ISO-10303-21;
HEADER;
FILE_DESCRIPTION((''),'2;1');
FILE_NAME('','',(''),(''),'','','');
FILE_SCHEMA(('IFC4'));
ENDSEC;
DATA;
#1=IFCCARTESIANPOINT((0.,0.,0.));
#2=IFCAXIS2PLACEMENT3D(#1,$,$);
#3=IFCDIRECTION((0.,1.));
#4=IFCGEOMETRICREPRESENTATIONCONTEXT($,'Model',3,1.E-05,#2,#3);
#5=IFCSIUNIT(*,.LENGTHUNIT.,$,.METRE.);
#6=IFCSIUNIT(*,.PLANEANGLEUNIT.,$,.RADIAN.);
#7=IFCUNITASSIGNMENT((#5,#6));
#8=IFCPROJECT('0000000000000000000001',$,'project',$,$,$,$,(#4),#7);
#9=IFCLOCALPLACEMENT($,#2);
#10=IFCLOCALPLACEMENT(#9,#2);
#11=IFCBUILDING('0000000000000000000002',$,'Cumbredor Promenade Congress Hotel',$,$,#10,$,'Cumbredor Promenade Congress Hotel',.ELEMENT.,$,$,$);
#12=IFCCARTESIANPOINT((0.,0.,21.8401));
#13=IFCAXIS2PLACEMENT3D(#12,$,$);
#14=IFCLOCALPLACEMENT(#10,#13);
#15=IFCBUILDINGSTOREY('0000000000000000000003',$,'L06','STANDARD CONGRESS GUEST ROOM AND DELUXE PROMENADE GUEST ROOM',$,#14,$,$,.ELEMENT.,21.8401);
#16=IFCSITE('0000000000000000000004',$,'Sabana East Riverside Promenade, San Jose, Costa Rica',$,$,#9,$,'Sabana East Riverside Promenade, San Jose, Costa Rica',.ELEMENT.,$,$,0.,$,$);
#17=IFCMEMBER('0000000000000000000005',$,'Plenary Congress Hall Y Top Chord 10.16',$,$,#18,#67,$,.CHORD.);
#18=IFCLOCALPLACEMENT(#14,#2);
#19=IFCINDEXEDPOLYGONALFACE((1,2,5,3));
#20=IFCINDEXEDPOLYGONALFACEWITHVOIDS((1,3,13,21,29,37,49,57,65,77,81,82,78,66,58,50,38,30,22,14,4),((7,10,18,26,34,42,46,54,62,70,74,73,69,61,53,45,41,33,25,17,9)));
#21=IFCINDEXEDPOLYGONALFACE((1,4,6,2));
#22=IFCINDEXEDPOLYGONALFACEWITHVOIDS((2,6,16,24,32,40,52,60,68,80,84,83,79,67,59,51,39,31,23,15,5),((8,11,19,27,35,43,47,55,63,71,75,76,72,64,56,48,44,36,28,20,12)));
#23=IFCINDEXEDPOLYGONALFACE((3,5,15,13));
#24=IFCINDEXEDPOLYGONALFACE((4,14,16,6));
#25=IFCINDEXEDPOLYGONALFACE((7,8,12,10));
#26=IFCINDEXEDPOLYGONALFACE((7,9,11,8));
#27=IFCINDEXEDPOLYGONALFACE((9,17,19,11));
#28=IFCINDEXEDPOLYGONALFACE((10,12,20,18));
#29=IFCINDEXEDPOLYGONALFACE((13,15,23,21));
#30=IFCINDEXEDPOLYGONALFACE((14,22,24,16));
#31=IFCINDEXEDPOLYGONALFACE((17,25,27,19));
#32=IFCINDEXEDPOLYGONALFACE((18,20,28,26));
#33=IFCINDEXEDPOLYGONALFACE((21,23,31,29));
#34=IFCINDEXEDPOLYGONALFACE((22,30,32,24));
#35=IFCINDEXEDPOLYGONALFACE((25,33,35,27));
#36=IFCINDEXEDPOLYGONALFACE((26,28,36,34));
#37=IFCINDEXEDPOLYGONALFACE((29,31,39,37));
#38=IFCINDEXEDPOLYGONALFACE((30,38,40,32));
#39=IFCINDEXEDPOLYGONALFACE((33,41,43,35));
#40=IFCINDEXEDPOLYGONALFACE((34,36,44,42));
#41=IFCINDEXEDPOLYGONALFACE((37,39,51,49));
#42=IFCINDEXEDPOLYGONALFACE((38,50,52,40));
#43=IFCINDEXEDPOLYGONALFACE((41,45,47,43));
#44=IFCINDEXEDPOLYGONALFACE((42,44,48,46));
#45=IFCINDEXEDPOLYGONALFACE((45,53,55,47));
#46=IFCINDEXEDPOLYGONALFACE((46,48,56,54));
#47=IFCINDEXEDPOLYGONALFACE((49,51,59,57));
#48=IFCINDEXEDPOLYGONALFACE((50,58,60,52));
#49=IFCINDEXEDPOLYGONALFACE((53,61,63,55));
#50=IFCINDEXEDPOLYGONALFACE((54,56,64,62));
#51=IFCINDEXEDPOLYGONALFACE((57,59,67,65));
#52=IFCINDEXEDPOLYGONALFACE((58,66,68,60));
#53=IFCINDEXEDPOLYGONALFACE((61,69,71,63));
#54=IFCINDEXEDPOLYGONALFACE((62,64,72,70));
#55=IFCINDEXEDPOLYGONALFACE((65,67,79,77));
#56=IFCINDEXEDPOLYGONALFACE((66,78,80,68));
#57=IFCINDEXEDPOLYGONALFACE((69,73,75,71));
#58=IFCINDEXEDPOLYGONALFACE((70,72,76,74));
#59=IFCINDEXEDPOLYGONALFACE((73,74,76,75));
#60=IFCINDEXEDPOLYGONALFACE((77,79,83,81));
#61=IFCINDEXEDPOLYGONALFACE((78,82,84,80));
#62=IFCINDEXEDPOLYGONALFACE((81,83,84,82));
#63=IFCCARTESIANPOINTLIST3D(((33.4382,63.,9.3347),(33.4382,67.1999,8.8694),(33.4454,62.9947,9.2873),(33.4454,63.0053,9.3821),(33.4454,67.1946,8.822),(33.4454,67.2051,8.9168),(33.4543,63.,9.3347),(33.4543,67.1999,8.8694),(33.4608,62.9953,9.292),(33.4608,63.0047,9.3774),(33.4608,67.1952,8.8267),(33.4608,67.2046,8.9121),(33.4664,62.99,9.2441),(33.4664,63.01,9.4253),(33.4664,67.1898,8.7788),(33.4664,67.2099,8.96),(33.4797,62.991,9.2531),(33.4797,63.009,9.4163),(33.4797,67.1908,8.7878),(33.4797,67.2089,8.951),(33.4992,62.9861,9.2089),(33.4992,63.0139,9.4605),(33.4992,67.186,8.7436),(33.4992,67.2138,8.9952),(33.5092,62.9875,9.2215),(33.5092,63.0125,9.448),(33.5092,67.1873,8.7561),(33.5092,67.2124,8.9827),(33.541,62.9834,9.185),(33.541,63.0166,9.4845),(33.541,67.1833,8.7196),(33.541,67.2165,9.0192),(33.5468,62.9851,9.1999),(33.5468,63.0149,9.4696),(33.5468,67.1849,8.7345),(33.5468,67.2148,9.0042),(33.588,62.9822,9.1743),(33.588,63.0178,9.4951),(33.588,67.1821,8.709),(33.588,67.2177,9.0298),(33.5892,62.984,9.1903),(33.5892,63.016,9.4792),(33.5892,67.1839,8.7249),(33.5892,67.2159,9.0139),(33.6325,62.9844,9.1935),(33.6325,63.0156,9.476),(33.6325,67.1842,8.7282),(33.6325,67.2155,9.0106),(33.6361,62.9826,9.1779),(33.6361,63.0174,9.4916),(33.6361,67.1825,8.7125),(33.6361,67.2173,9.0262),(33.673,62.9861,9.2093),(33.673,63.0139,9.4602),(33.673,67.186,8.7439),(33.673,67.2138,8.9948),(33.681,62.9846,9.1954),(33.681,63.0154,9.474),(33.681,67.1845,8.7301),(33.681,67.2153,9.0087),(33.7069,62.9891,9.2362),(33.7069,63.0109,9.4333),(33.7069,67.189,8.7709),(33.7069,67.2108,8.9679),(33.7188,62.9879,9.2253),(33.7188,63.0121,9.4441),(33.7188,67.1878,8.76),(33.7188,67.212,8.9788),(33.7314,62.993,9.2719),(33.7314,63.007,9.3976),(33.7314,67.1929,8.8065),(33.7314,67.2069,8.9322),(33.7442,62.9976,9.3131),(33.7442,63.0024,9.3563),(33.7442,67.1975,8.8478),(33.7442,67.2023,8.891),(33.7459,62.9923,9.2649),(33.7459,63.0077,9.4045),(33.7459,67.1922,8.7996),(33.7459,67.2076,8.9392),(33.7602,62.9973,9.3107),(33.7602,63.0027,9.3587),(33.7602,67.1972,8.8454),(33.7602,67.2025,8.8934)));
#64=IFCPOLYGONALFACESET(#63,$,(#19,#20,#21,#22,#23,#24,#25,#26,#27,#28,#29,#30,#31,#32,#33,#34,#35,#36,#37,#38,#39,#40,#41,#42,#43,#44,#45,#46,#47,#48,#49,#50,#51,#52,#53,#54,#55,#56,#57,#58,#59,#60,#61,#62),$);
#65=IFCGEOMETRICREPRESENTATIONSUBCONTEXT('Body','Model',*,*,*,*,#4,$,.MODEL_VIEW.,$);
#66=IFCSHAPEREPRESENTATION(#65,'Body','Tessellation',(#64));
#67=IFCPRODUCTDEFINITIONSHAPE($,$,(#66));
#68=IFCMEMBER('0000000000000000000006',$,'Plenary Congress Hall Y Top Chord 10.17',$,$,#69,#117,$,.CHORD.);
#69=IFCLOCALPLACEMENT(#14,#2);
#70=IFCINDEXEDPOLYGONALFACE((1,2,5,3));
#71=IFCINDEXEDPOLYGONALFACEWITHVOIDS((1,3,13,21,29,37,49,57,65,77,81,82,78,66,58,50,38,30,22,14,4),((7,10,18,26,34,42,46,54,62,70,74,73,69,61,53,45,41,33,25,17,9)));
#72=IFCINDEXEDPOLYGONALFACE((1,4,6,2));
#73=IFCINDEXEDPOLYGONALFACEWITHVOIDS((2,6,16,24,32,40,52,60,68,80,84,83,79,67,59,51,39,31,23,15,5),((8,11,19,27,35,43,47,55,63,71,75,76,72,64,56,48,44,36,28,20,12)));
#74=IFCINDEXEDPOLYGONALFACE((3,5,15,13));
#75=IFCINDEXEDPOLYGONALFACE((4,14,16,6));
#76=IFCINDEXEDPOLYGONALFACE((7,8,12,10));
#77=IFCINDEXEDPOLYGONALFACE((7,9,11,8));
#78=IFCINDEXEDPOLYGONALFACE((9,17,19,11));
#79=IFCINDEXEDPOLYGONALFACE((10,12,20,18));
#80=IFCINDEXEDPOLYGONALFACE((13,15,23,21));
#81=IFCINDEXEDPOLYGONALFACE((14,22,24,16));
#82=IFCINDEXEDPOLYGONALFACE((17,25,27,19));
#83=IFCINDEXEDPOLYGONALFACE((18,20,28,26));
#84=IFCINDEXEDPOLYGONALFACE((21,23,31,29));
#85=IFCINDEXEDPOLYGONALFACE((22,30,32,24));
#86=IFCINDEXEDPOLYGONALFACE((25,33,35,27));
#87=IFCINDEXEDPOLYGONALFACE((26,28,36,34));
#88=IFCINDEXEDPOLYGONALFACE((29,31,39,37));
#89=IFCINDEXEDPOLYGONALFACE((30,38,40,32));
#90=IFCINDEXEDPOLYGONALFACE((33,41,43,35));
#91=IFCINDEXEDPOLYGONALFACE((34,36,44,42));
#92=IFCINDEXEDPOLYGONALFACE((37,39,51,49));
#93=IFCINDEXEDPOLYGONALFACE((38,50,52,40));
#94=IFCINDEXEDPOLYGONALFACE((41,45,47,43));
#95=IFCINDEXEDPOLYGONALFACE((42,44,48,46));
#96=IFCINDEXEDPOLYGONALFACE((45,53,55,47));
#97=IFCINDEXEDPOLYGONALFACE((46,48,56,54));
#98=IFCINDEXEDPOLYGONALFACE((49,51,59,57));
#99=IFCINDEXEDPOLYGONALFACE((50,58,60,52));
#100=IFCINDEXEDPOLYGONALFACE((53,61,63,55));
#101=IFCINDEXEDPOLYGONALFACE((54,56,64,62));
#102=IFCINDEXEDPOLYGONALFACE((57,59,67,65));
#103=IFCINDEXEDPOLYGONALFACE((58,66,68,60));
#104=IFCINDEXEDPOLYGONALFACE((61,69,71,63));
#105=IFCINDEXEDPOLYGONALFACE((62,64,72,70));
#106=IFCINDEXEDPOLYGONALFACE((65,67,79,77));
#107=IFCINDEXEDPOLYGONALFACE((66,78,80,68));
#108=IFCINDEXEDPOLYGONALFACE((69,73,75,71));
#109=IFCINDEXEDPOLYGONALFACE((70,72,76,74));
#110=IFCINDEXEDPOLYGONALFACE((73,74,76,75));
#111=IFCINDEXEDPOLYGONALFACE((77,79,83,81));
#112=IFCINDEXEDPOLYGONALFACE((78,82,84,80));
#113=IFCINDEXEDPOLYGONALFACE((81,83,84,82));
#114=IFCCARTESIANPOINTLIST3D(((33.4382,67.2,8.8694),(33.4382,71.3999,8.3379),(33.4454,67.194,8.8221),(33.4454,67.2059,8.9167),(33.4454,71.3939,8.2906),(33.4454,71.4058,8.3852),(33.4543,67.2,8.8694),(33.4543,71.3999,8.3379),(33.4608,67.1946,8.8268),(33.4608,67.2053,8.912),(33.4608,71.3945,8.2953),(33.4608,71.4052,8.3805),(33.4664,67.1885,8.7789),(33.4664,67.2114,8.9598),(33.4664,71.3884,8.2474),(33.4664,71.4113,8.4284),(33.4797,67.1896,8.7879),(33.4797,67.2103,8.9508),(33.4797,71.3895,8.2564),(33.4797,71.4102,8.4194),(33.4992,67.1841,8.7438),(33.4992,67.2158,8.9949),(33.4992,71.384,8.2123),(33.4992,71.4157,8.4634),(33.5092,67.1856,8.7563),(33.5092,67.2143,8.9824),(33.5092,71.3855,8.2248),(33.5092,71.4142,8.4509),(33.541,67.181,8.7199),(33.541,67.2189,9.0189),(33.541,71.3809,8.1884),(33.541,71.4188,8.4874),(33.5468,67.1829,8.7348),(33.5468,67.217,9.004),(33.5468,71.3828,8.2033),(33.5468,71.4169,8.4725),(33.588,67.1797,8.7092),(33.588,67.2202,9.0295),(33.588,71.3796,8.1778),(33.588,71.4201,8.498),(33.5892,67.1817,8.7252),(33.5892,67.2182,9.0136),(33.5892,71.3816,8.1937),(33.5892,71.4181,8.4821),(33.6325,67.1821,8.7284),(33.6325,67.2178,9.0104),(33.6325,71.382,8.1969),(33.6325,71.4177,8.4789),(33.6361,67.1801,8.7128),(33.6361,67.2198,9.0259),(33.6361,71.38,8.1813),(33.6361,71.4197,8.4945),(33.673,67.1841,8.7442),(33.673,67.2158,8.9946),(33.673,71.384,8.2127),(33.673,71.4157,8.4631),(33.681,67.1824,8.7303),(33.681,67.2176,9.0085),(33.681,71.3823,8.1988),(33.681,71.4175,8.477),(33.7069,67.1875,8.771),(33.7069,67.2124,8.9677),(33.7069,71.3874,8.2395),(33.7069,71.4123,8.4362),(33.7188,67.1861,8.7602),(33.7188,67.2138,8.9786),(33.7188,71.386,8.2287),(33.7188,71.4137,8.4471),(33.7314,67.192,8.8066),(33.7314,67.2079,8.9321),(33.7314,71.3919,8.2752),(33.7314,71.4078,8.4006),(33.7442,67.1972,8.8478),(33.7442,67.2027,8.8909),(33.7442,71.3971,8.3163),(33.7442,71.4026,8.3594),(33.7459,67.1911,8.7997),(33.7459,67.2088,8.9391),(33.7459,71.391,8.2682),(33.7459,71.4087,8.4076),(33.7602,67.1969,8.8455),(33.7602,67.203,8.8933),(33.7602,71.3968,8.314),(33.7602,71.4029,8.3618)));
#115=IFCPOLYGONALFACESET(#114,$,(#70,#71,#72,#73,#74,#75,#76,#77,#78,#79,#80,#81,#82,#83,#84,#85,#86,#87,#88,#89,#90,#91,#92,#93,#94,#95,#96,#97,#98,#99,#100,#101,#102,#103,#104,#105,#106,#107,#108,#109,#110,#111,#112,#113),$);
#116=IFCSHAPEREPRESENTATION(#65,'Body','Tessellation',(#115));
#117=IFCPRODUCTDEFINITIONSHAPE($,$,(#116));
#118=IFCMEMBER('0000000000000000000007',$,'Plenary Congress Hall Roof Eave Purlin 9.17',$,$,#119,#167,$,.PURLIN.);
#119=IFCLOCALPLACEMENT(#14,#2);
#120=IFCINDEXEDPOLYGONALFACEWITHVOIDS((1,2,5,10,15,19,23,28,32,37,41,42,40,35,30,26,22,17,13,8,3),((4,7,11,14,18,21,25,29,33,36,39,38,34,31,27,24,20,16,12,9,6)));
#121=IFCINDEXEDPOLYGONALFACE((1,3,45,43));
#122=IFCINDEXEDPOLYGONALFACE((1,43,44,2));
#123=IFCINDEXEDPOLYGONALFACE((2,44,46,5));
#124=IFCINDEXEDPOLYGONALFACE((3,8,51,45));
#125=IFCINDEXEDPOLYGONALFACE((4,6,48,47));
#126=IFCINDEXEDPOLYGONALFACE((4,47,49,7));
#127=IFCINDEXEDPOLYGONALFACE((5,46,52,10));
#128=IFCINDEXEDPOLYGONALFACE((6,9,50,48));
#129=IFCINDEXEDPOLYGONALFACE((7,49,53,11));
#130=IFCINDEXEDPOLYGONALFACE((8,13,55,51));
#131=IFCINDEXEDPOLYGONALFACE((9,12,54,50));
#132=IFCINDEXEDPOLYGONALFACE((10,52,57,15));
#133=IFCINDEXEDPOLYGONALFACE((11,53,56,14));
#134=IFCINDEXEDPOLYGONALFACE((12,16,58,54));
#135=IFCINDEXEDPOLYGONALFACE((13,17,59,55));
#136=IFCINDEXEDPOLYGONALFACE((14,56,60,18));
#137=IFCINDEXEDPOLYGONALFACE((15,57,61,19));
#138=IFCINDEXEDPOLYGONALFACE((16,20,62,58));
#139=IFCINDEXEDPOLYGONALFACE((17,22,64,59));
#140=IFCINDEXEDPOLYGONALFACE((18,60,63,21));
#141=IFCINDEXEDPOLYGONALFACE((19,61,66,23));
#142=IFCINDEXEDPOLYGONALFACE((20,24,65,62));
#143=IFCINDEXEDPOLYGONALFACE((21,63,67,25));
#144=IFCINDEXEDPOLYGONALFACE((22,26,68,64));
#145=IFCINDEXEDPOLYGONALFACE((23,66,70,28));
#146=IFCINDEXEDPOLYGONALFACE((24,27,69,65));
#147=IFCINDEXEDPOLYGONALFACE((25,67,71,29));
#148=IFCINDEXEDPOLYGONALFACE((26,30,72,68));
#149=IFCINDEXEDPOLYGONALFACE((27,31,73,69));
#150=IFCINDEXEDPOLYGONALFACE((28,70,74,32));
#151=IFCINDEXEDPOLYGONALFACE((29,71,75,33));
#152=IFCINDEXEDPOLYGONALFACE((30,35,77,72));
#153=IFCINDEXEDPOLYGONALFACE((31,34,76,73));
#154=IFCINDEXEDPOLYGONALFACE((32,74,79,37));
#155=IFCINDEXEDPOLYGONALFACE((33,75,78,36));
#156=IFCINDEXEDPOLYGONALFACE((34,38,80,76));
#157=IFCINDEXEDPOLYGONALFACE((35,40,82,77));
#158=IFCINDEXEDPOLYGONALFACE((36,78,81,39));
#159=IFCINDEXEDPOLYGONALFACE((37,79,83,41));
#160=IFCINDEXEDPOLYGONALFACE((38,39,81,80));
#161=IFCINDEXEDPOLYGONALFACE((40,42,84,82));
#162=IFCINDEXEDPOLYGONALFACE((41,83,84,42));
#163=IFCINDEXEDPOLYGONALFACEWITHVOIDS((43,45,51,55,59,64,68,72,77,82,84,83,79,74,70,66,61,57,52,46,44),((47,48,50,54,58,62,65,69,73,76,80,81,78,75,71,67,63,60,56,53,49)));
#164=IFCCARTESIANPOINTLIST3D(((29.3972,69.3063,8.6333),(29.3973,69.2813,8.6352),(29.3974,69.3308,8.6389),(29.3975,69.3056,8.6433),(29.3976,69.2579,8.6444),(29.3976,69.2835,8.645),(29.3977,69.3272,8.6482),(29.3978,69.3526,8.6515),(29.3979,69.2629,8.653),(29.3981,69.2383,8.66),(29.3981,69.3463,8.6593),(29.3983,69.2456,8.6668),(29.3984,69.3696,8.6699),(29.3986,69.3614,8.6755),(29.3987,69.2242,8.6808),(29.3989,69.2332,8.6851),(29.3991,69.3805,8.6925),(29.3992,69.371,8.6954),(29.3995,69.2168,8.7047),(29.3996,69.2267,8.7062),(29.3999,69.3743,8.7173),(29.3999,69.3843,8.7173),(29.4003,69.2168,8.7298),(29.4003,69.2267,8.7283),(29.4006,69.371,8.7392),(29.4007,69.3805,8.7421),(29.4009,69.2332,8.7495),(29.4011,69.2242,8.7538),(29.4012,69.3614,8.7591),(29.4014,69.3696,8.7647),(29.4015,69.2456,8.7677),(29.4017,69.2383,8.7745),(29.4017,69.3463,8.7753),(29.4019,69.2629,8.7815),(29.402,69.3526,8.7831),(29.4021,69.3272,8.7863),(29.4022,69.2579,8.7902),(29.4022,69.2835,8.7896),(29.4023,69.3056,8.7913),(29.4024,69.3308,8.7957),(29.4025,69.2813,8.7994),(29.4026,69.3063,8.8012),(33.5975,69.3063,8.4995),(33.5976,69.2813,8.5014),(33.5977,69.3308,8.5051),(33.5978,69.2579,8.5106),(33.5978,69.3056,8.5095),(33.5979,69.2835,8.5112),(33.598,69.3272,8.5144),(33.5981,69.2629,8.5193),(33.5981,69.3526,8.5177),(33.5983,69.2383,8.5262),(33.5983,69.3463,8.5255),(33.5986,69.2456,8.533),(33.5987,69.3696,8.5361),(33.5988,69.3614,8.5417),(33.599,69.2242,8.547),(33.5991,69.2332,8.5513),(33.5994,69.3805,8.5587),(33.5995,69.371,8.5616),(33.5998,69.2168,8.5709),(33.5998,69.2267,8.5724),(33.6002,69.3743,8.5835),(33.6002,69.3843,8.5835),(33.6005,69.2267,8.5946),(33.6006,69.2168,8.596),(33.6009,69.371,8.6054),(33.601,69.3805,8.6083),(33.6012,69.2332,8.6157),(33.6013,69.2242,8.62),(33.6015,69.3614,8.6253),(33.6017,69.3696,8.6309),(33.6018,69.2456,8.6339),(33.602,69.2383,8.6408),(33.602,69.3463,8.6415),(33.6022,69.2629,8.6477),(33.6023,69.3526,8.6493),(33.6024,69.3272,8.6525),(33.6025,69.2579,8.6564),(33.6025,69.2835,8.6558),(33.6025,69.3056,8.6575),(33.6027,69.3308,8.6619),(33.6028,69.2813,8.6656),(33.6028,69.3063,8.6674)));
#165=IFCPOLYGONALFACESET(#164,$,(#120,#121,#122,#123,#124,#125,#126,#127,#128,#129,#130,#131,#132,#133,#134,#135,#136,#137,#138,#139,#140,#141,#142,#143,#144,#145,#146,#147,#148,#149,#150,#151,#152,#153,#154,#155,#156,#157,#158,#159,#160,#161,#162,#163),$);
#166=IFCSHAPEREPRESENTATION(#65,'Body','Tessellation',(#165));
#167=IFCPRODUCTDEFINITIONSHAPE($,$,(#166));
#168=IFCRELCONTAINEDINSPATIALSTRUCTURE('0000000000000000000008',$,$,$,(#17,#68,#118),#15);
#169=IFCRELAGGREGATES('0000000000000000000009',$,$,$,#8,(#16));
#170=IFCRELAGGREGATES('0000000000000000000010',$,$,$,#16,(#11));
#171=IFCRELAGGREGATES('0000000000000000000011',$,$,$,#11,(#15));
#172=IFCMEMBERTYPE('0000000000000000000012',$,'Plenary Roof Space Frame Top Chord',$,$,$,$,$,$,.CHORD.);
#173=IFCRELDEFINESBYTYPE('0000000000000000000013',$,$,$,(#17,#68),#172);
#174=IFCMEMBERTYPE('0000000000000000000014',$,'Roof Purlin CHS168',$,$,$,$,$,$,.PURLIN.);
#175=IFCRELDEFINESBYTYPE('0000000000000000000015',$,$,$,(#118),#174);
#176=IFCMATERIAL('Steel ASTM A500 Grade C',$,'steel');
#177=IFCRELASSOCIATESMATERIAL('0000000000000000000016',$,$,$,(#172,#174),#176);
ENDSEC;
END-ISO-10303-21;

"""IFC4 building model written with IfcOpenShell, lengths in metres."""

from ifc_helpers import new_model, si_unit, direction, frame, origin, origin_2d, place, context, subcontext, project, spatial, hollow_circle, extrude, material, material_profile, profile_set, type_object, element, save


model = new_model("IFC4")

# Units and contexts
model_context = context("Model", 3, precision=1e-05, world=origin(), true_north=direction((0.0, 1.0)))
body_context = subcontext(model_context, "Body", "Model", "MODEL_VIEW")
ifc_project = project(units=[si_unit("LENGTHUNIT", "METRE"), si_unit("PLANEANGLEUNIT", "RADIAN")], contexts=[model_context])

# Site, building, storey
site_placement = place(None, origin())
site = spatial("IfcSite", under=ifc_project, at=site_placement, Name="Sabana East Riverside Promenade, San Jose, Costa Rica", LongName="Sabana East Riverside Promenade, San Jose, Costa Rica", CompositionType="ELEMENT", RefElevation=0.0)
building_placement = place(site_placement, origin())
building = spatial("IfcBuilding", under=site, at=building_placement, Name="Cumbredor Promenade Congress Hotel", LongName="Cumbredor Promenade Congress Hotel", CompositionType="ELEMENT")
storey_placement = place(building_placement, frame((0.0, 0.0, 21.8401)))
storey = spatial("IfcBuildingStorey", under=building, at=storey_placement, Name="L06", Description="STANDARD CONGRESS GUEST ROOM AND DELUXE PROMENADE GUEST ROOM", CompositionType="ELEMENT", Elevation=21.8401)

# Members
ifc_material_1 = material(Name="Steel ASTM A500 Grade C", Category="steel")
ifc_material_profile_1 = material_profile(ifc_material_1, hollow_circle(Radius=0.1619, WallThickness=0.0161, at=origin_2d()), Name="CHS 323.9x16")
ifc_profile_set_1 = profile_set([ifc_material_profile_1], Name="Steel ASTM A500 Grade C")
member_type_1 = type_object("IfcMemberType", Name="Plenary Roof Space Frame Top Chord", PredefinedType="CHORD", material=ifc_profile_set_1)
member_1_placement = place(storey_placement, frame((33.6001, 63.0, 9.3347), z_axis=(0.0, 0.993918, -0.110121), x_axis=(-1.0, 0.0, 0.0)))
element("IfcMember", 1, at=member_1_placement, inside=storey, type_object=member_type_1, Name="Plenary Congress Hall Y Top Chord 10.16", PredefinedType="CHORD", context=body_context, shape_type="SweptSolid", body=[
    extrude(hollow_circle(Radius=0.1619, WallThickness=0.0161, at=origin_2d()), origin(), (0.0, 0.0, 1.0), 4.2256),
])
member_2_placement = place(storey_placement, frame((33.6001, 67.2, 8.8694), z_axis=(0.0, 0.992088, -0.125546), x_axis=(-1.0, 0.0, 0.0)))
element("IfcMember", 2, at=member_2_placement, inside=storey, type_object=member_type_1, Name="Plenary Congress Hall Y Top Chord 10.17", PredefinedType="CHORD", context=body_context, shape_type="SweptSolid", body=[
    extrude(hollow_circle(Radius=0.1619, WallThickness=0.0161, at=origin_2d()), origin(), (0.0, 0.0, 1.0), 4.2334),
])
ifc_material_profile_2 = material_profile(ifc_material_1, hollow_circle(Radius=0.0842, WallThickness=0.01, at=origin_2d()), Name="CHS 168.3x10")
ifc_profile_set_2 = profile_set([ifc_material_profile_2], Name="Steel ASTM A500 Grade C")
member_type_2 = type_object("IfcMemberType", Name="Roof Purlin CHS168", PredefinedType="PURLIN", material=ifc_profile_set_2)
member_3_placement = place(storey_placement, frame((29.3999, 69.3, 8.7173), z_axis=(0.999493, 0.0, -0.031837), x_axis=(0.0, 1.0, 0.0)))
element("IfcMember", 3, at=member_3_placement, inside=storey, type_object=member_type_2, Name="Plenary Congress Hall Roof Eave Purlin 9.17", PredefinedType="PURLIN", context=body_context, shape_type="SweptSolid", body=[
    extrude(hollow_circle(Radius=0.0842, WallThickness=0.01, at=origin_2d()), origin(), (0.0, 0.0, 1.0), 4.2024),
])

save(model, "model.ifc")
